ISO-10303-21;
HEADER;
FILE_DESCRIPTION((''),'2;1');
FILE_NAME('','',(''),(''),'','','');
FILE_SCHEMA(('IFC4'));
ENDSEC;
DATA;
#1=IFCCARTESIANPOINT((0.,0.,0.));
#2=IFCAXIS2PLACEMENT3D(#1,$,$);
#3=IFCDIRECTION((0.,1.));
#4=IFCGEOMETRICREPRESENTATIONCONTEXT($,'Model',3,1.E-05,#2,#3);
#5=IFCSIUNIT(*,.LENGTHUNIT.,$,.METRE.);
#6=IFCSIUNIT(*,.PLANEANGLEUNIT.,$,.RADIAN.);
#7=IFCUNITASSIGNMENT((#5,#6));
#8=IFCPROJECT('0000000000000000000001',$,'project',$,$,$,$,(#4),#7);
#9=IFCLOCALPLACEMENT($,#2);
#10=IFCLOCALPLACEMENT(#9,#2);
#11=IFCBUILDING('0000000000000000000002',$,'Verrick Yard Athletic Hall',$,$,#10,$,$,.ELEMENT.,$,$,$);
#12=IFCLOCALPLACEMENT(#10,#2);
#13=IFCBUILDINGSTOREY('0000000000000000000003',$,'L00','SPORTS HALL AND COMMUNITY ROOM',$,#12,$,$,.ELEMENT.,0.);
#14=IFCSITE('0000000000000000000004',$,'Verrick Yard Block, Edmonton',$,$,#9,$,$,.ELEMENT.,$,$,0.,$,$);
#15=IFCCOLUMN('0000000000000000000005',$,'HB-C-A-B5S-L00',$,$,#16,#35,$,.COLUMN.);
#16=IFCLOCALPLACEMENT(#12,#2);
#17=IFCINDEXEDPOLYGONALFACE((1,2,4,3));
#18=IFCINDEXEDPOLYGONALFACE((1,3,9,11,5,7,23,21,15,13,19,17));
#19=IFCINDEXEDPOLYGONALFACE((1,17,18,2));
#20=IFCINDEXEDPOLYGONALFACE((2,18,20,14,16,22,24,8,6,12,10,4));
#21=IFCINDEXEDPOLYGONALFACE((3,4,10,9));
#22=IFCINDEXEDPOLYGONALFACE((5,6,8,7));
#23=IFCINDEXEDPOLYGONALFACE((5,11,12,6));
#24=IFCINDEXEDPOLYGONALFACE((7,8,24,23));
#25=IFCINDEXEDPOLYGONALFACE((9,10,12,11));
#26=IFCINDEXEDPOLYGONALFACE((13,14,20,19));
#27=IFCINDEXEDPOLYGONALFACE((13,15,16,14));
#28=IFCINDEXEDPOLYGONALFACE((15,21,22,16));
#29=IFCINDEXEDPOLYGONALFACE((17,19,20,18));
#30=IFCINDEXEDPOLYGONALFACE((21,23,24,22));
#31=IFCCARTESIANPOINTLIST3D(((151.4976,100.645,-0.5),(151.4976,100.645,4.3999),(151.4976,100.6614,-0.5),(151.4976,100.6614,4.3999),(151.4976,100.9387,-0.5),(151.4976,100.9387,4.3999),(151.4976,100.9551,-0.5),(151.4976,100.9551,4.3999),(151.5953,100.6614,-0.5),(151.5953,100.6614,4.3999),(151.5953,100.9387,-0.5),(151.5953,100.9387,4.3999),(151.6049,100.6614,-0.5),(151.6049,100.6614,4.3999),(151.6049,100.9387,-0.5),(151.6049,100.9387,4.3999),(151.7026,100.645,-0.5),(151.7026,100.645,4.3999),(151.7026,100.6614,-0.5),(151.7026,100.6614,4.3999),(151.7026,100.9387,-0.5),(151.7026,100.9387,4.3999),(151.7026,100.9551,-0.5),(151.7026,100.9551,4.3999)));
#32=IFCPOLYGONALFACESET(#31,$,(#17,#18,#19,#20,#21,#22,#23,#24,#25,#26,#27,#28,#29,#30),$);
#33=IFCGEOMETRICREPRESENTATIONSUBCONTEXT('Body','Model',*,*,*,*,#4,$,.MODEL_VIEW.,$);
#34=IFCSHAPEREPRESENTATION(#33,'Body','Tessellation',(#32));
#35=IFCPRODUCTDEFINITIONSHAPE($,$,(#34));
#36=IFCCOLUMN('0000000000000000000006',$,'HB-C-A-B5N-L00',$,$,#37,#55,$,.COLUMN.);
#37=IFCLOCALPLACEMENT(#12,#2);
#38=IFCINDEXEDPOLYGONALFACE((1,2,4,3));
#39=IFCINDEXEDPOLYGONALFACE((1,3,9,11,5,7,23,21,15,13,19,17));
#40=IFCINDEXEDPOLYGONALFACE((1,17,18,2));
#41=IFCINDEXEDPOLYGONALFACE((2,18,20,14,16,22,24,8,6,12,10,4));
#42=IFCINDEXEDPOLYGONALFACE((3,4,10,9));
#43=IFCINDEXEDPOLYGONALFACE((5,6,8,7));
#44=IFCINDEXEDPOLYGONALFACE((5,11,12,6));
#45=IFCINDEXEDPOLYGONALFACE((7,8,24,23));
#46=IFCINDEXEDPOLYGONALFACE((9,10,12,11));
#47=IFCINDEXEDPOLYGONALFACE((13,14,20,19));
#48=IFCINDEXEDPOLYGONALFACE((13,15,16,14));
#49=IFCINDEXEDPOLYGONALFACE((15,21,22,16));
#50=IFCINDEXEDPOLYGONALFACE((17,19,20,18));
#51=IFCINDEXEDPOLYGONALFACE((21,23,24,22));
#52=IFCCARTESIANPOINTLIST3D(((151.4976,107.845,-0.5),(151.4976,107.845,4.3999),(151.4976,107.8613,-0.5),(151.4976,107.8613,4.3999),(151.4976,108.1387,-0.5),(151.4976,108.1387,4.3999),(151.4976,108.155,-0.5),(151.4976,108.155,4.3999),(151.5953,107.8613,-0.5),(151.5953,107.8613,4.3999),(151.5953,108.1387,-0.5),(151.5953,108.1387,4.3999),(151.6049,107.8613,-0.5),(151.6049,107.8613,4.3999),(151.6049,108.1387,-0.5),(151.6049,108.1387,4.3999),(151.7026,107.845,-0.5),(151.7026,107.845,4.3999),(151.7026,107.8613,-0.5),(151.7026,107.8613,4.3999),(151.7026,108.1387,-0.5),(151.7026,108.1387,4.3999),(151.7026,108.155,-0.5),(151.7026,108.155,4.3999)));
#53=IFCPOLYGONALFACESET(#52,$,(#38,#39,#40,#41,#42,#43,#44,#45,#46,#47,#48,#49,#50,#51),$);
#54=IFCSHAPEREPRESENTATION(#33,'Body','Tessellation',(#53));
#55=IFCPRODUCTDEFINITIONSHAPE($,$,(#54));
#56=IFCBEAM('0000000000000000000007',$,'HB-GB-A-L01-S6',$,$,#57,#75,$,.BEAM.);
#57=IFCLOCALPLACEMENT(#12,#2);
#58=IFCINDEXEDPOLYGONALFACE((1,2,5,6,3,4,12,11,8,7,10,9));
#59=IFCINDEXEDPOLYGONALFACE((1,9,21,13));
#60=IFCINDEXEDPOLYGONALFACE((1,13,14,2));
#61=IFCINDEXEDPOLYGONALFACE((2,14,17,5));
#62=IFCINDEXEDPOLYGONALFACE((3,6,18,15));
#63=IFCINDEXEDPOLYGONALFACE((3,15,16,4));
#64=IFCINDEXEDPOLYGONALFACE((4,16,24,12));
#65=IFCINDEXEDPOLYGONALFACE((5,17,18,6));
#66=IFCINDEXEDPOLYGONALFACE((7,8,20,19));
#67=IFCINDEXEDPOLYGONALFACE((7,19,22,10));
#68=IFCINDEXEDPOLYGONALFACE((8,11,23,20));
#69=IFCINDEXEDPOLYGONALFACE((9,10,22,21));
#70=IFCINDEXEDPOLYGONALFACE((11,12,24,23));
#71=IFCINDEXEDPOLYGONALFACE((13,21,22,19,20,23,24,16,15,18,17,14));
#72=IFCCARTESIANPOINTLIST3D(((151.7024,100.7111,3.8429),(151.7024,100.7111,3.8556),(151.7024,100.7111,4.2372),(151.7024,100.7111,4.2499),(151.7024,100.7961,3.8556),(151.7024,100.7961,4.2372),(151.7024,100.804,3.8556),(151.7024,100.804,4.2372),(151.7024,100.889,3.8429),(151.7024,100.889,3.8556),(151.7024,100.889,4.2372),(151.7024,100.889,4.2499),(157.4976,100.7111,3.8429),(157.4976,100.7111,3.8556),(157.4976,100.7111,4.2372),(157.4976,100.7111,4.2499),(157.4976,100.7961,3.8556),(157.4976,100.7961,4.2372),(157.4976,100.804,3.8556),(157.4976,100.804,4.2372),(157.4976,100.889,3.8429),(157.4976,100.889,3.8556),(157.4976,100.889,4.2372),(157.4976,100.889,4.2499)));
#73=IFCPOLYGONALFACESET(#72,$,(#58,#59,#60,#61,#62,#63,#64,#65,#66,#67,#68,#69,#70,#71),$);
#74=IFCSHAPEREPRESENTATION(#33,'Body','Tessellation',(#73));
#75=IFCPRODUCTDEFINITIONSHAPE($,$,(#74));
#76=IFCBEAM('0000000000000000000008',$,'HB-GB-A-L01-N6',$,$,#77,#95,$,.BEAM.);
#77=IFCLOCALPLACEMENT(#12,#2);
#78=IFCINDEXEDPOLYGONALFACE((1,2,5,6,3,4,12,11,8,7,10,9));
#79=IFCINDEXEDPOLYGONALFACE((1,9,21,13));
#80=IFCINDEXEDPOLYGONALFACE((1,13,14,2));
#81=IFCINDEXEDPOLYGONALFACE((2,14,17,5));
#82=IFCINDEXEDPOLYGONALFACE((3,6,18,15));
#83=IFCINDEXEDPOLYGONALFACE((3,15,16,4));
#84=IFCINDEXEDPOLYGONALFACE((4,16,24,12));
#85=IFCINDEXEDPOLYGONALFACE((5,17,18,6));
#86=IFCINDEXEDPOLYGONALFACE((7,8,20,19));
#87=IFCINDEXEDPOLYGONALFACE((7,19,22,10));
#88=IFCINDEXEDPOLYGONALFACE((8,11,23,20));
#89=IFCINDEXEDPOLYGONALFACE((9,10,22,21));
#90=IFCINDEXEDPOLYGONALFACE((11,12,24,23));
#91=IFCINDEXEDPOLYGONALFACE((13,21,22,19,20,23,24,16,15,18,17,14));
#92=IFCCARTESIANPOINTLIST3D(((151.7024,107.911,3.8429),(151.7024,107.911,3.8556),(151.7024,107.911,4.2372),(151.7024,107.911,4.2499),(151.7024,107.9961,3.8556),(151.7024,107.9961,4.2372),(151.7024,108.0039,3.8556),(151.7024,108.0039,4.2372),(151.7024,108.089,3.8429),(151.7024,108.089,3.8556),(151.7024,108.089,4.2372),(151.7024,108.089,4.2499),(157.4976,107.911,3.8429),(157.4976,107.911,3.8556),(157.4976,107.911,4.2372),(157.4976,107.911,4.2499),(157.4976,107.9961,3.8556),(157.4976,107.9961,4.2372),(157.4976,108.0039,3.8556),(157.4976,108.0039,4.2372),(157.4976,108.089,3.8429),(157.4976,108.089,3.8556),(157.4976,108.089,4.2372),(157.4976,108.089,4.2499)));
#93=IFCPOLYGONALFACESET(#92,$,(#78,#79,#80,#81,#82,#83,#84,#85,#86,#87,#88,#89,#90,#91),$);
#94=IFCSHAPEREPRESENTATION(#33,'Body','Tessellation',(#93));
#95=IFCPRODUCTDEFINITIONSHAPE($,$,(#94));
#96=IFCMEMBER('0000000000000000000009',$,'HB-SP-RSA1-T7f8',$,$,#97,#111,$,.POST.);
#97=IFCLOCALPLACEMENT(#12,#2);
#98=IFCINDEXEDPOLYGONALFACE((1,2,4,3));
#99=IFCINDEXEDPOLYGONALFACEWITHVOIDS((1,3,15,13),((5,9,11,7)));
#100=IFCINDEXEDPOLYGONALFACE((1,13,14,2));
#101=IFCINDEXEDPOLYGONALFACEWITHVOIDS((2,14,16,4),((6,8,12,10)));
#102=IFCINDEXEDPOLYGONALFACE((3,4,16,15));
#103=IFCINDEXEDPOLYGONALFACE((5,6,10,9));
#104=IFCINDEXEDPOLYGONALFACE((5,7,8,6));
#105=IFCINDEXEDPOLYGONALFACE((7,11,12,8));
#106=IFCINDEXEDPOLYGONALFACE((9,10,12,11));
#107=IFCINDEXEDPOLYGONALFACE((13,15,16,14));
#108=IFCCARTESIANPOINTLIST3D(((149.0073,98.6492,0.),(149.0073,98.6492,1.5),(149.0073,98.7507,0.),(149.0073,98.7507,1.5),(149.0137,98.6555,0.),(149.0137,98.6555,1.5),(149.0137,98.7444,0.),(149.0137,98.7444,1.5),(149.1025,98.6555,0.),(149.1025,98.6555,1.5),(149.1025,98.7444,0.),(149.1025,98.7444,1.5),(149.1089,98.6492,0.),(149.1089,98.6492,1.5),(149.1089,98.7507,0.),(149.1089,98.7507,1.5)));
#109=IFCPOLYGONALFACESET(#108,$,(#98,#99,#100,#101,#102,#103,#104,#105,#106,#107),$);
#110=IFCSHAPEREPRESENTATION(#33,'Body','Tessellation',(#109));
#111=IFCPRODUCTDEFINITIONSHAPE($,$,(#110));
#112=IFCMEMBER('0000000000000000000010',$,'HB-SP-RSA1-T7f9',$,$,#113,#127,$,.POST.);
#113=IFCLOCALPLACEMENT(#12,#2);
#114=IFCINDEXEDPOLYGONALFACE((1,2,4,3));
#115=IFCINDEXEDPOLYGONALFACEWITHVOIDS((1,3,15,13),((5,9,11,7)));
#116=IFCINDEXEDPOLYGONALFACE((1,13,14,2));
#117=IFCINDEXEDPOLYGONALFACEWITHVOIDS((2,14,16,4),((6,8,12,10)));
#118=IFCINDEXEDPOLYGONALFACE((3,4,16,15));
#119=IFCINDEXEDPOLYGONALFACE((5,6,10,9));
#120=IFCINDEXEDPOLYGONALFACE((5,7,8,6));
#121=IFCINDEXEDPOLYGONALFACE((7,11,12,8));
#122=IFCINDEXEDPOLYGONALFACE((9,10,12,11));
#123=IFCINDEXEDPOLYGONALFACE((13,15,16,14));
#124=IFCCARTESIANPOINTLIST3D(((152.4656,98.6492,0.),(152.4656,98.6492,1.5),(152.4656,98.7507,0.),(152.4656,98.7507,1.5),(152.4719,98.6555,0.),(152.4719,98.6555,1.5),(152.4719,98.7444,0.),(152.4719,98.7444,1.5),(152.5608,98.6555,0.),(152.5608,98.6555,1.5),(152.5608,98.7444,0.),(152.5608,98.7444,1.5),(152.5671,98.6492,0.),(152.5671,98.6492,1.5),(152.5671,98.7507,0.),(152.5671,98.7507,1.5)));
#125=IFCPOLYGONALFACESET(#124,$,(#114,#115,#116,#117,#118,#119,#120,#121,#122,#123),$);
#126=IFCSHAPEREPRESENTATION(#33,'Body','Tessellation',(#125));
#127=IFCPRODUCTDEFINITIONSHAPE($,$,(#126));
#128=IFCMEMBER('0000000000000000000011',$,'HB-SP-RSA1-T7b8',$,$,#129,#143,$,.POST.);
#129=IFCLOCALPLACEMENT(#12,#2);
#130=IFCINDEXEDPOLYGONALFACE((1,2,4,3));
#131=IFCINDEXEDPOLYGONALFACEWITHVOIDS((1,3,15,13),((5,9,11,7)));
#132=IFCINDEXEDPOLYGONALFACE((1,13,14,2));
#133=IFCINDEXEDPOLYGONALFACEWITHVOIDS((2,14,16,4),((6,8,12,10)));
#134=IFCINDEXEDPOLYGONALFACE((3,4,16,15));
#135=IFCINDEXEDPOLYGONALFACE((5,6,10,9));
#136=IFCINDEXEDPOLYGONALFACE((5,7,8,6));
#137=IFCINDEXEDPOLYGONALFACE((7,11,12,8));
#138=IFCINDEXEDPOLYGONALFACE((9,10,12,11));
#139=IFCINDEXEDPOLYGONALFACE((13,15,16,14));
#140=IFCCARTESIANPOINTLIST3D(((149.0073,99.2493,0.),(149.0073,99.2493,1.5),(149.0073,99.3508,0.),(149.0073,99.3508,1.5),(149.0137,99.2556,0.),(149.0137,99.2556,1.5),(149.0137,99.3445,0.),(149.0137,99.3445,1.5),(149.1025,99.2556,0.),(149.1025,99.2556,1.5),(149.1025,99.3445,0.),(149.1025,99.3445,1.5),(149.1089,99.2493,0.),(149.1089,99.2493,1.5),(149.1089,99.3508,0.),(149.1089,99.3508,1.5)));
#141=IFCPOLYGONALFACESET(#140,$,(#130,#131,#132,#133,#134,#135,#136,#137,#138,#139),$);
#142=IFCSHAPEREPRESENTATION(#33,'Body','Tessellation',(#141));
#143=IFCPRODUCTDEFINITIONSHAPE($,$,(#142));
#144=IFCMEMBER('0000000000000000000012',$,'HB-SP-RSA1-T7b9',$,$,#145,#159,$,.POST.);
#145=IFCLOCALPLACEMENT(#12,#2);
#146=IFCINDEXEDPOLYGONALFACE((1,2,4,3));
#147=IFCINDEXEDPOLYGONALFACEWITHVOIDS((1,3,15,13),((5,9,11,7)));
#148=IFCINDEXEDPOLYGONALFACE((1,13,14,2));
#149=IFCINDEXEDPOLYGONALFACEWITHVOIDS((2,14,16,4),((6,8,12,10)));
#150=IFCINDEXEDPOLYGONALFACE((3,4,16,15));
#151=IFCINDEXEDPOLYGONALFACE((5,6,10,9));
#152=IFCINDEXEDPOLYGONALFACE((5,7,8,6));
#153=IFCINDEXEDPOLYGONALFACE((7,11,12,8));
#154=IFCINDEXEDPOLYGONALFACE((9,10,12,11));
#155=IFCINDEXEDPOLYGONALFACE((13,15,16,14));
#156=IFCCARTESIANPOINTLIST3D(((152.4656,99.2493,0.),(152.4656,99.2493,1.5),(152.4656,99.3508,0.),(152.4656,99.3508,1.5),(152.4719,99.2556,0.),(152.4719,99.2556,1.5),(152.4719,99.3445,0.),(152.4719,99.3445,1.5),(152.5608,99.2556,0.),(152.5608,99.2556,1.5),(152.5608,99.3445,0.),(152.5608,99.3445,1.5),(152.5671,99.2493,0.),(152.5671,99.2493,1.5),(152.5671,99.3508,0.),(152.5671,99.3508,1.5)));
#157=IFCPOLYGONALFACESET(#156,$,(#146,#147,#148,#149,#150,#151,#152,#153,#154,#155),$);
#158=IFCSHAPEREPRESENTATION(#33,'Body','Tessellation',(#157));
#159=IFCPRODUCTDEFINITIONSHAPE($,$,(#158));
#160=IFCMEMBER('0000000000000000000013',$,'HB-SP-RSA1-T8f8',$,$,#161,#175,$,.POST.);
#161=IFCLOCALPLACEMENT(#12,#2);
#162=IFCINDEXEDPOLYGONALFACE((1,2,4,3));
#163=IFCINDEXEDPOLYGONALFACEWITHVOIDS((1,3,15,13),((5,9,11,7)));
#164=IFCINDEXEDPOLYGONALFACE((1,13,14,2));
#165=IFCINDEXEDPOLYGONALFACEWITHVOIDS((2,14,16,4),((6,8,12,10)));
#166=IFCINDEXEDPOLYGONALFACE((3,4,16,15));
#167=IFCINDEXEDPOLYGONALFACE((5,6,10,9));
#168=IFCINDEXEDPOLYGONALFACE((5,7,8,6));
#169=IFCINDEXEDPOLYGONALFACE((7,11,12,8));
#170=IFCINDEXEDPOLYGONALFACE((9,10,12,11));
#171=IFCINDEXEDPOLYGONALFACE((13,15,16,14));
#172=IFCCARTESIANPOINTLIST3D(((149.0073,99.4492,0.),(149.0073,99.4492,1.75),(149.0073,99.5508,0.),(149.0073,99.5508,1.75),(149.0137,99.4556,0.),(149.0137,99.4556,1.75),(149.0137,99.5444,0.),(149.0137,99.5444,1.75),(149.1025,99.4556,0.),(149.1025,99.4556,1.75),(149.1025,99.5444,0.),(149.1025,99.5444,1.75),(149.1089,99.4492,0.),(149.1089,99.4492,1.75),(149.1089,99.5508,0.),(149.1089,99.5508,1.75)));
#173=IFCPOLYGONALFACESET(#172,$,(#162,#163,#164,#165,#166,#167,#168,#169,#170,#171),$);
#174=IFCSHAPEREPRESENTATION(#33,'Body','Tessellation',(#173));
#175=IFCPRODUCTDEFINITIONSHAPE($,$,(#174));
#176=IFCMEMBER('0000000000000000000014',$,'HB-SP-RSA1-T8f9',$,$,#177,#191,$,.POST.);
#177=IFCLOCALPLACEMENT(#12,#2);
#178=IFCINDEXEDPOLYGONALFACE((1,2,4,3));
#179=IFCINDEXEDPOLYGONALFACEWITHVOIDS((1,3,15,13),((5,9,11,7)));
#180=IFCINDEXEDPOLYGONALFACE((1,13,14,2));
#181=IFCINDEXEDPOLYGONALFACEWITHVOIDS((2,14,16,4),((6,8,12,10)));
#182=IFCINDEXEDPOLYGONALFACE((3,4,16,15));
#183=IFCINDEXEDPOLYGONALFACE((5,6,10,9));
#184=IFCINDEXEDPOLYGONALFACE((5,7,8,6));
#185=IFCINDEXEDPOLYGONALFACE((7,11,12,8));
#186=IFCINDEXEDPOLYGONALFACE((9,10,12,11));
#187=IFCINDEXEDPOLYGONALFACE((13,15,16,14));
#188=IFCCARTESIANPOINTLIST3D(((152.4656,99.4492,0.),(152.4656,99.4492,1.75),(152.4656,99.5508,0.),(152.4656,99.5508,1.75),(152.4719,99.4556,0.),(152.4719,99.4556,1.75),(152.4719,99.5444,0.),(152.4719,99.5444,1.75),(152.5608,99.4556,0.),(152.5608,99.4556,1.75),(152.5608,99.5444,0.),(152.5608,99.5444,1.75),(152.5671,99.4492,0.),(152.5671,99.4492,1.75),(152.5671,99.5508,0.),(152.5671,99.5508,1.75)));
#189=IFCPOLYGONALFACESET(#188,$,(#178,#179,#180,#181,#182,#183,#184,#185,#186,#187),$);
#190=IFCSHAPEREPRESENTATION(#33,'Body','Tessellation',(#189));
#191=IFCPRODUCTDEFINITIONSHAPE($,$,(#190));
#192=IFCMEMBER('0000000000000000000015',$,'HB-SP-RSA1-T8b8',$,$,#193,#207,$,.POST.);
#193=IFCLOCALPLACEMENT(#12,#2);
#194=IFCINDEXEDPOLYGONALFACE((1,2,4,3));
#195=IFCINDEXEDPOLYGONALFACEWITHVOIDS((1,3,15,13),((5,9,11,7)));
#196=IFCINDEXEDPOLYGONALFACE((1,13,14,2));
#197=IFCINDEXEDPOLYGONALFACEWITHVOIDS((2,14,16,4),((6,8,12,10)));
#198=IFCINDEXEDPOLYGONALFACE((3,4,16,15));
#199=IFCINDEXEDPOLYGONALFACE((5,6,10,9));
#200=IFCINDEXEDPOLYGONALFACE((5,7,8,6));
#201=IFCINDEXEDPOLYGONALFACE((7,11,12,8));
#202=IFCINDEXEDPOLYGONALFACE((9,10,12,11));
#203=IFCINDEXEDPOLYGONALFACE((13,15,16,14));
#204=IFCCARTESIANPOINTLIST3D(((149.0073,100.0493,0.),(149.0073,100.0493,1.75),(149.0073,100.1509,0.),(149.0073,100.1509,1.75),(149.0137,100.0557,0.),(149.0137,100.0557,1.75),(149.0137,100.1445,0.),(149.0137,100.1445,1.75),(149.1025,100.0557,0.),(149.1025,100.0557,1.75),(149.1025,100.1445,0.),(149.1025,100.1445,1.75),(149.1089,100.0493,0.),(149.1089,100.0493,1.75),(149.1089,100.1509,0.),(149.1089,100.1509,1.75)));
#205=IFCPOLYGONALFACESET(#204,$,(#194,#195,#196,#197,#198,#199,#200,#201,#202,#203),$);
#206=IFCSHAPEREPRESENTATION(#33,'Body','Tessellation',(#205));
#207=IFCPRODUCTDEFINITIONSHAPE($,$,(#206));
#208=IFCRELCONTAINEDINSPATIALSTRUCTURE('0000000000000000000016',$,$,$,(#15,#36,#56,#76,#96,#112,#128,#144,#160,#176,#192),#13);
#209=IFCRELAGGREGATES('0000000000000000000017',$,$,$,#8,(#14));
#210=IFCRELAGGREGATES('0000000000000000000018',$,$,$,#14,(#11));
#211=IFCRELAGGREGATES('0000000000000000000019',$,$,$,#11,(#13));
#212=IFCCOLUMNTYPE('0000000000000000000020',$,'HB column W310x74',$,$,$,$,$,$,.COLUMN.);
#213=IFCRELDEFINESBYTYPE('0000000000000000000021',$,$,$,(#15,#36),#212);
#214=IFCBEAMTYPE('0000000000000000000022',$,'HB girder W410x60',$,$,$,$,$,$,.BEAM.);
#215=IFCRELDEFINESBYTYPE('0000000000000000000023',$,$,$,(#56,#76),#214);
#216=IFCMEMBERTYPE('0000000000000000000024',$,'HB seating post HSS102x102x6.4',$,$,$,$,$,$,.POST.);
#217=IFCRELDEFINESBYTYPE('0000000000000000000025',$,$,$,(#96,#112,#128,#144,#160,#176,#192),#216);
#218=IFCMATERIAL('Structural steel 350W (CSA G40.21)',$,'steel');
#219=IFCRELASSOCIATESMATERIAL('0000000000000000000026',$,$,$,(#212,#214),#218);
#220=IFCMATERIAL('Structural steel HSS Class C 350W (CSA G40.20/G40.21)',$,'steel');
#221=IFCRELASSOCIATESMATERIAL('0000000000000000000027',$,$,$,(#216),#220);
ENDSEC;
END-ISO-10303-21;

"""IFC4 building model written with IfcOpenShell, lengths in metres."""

from ifc_helpers import new_model, si_unit, direction, frame, origin, origin_2d, place, context, subcontext, project, spatial, hollow_rectangle, i_section, extrude, material, material_profile, profile_set, type_object, element, save


model = new_model("IFC4")

# Units and contexts
model_context = context("Model", 3, precision=1e-05, world=origin(), true_north=direction((0.0, 1.0)))
body_context = subcontext(model_context, "Body", "Model", "MODEL_VIEW")
ifc_project = project(units=[si_unit("LENGTHUNIT", "METRE"), si_unit("PLANEANGLEUNIT", "RADIAN")], contexts=[model_context])

# Site, building, storey
site_placement = place(None, origin())
site = spatial("IfcSite", under=ifc_project, at=site_placement, Name="Verrick Yard Block, Edmonton", CompositionType="ELEMENT", RefElevation=0.0)
building_placement = place(site_placement, origin())
building = spatial("IfcBuilding", under=site, at=building_placement, Name="Verrick Yard Athletic Hall", CompositionType="ELEMENT")
storey_placement = place(building_placement, origin())
storey = spatial("IfcBuildingStorey", under=building, at=storey_placement, Name="L00", Description="SPORTS HALL AND COMMUNITY ROOM", CompositionType="ELEMENT", Elevation=0.0)

# Columns
ifc_material_1 = material(Name="Structural steel 350W (CSA G40.21)", Category="steel")
ifc_material_profile_1 = material_profile(ifc_material_1, i_section(OverallWidth=0.2051, OverallDepth=0.3101, WebThickness=0.0095, FlangeThickness=0.0164, at=origin_2d()), Name="W310x74")
ifc_profile_set_1 = profile_set([ifc_material_profile_1], Name="Structural steel 350W (CSA G40.21)")
column_type = type_object("IfcColumnType", Name="HB column W310x74", PredefinedType="COLUMN", material=ifc_profile_set_1)
for number, where, z_axis, x_axis, name in (
    (1, (151.6001, 100.8, -0.5), (0.0, 0.0, 1.0), (1.0, 0.0, 0.0), "HB-C-A-B5S-L00"),
    (2, (151.6001, 108.0, -0.5), (0.0, 0.0, 1.0), (1.0, 0.0, 0.0), "HB-C-A-B5N-L00"),
):
    element("IfcColumn", number, at=place(storey_placement, frame(where, z_axis=z_axis, x_axis=x_axis)), inside=storey, type_object=column_type, Name=name, PredefinedType="COLUMN", context=body_context, shape_type="SweptSolid", body=[
        extrude(i_section(OverallWidth=0.2051, OverallDepth=0.3101, WebThickness=0.0095, FlangeThickness=0.0164, at=origin_2d()), origin(), (0.0, 0.0, 1.0), 4.8999),
    ])

# Beams
ifc_material_profile_2 = material_profile(ifc_material_1, i_section(OverallWidth=0.178, OverallDepth=0.407, WebThickness=0.0078, FlangeThickness=0.0127, at=origin_2d()), Name="W410x60")
ifc_profile_set_2 = profile_set([ifc_material_profile_2], Name="Structural steel 350W (CSA G40.21)")
beam_type_1 = type_object("IfcBeamType", Name="HB girder W410x60", PredefinedType="BEAM", material=ifc_profile_set_2)
for number, where, z_axis, x_axis, name in (
    (3, (151.7024, 100.8, 4.0464), (1.0, 0.0, 0.0), (0.0, 1.0, 0.0), "HB-GB-A-L01-S6"),
    (4, (151.7024, 108.0, 4.0464), (1.0, 0.0, 0.0), (0.0, 1.0, 0.0), "HB-GB-A-L01-N6"),
):
    element("IfcBeam", number, at=place(storey_placement, frame(where, z_axis=z_axis, x_axis=x_axis)), inside=storey, type_object=beam_type_1, Name=name, PredefinedType="BEAM", context=body_context, shape_type="SweptSolid", body=[
        extrude(i_section(OverallWidth=0.178, OverallDepth=0.407, WebThickness=0.0078, FlangeThickness=0.0127, at=origin_2d()), origin(), (0.0, 0.0, 1.0), 5.7952),
    ])

# Members
ifc_material_2 = material(Name="Structural steel HSS Class C 350W (CSA G40.20/G40.21)", Category="steel")
ifc_material_profile_3 = material_profile(ifc_material_2, hollow_rectangle(XDim=0.1016, YDim=0.1016, WallThickness=0.0063, at=origin_2d()), Name="HSS102x102x6.4")
ifc_profile_set_3 = profile_set([ifc_material_profile_3], Name="Structural steel HSS Class C 350W (CSA G40.20/G40.21)")
member_type = type_object("IfcMemberType", Name="HB seating post HSS102x102x6.4", PredefinedType="POST", material=ifc_profile_set_3)
for number, where, z_axis, x_axis, name in (
    (5, (149.0581, 98.7, 0.0), (0.0, 0.0, 1.0), (0.0, 1.0, 0.0), "HB-SP-RSA1-T7f8"),
    (6, (152.5164, 98.7, 0.0), (0.0, 0.0, 1.0), (0.0, 1.0, 0.0), "HB-SP-RSA1-T7f9"),
    (7, (149.0581, 99.3, 0.0), (0.0, 0.0, 1.0), (0.0, 1.0, 0.0), "HB-SP-RSA1-T7b8"),
    (8, (152.5164, 99.3, 0.0), (0.0, 0.0, 1.0), (0.0, 1.0, 0.0), "HB-SP-RSA1-T7b9"),
):
    element("IfcMember", number, at=place(storey_placement, frame(where, z_axis=z_axis, x_axis=x_axis)), inside=storey, type_object=member_type, Name=name, PredefinedType="POST", context=body_context, shape_type="SweptSolid", body=[
        extrude(hollow_rectangle(XDim=0.1016, YDim=0.1016, WallThickness=0.0063, at=origin_2d()), origin(), (0.0, 0.0, 1.0), 1.5),
    ])
for number, where, z_axis, x_axis, name in (
    (9, (149.0581, 99.5, 0.0), (0.0, 0.0, 1.0), (0.0, 1.0, 0.0), "HB-SP-RSA1-T8f8"),
    (10, (152.5164, 99.5, 0.0), (0.0, 0.0, 1.0), (0.0, 1.0, 0.0), "HB-SP-RSA1-T8f9"),
    (11, (149.0581, 100.1001, 0.0), (0.0, 0.0, 1.0), (0.0, 1.0, 0.0), "HB-SP-RSA1-T8b8"),
):
    element("IfcMember", number, at=place(storey_placement, frame(where, z_axis=z_axis, x_axis=x_axis)), inside=storey, type_object=member_type, Name=name, PredefinedType="POST", context=body_context, shape_type="SweptSolid", body=[
        extrude(hollow_rectangle(XDim=0.1016, YDim=0.1016, WallThickness=0.0063, at=origin_2d()), origin(), (0.0, 0.0, 1.0), 1.75),
    ])

save(model, "model.ifc")
